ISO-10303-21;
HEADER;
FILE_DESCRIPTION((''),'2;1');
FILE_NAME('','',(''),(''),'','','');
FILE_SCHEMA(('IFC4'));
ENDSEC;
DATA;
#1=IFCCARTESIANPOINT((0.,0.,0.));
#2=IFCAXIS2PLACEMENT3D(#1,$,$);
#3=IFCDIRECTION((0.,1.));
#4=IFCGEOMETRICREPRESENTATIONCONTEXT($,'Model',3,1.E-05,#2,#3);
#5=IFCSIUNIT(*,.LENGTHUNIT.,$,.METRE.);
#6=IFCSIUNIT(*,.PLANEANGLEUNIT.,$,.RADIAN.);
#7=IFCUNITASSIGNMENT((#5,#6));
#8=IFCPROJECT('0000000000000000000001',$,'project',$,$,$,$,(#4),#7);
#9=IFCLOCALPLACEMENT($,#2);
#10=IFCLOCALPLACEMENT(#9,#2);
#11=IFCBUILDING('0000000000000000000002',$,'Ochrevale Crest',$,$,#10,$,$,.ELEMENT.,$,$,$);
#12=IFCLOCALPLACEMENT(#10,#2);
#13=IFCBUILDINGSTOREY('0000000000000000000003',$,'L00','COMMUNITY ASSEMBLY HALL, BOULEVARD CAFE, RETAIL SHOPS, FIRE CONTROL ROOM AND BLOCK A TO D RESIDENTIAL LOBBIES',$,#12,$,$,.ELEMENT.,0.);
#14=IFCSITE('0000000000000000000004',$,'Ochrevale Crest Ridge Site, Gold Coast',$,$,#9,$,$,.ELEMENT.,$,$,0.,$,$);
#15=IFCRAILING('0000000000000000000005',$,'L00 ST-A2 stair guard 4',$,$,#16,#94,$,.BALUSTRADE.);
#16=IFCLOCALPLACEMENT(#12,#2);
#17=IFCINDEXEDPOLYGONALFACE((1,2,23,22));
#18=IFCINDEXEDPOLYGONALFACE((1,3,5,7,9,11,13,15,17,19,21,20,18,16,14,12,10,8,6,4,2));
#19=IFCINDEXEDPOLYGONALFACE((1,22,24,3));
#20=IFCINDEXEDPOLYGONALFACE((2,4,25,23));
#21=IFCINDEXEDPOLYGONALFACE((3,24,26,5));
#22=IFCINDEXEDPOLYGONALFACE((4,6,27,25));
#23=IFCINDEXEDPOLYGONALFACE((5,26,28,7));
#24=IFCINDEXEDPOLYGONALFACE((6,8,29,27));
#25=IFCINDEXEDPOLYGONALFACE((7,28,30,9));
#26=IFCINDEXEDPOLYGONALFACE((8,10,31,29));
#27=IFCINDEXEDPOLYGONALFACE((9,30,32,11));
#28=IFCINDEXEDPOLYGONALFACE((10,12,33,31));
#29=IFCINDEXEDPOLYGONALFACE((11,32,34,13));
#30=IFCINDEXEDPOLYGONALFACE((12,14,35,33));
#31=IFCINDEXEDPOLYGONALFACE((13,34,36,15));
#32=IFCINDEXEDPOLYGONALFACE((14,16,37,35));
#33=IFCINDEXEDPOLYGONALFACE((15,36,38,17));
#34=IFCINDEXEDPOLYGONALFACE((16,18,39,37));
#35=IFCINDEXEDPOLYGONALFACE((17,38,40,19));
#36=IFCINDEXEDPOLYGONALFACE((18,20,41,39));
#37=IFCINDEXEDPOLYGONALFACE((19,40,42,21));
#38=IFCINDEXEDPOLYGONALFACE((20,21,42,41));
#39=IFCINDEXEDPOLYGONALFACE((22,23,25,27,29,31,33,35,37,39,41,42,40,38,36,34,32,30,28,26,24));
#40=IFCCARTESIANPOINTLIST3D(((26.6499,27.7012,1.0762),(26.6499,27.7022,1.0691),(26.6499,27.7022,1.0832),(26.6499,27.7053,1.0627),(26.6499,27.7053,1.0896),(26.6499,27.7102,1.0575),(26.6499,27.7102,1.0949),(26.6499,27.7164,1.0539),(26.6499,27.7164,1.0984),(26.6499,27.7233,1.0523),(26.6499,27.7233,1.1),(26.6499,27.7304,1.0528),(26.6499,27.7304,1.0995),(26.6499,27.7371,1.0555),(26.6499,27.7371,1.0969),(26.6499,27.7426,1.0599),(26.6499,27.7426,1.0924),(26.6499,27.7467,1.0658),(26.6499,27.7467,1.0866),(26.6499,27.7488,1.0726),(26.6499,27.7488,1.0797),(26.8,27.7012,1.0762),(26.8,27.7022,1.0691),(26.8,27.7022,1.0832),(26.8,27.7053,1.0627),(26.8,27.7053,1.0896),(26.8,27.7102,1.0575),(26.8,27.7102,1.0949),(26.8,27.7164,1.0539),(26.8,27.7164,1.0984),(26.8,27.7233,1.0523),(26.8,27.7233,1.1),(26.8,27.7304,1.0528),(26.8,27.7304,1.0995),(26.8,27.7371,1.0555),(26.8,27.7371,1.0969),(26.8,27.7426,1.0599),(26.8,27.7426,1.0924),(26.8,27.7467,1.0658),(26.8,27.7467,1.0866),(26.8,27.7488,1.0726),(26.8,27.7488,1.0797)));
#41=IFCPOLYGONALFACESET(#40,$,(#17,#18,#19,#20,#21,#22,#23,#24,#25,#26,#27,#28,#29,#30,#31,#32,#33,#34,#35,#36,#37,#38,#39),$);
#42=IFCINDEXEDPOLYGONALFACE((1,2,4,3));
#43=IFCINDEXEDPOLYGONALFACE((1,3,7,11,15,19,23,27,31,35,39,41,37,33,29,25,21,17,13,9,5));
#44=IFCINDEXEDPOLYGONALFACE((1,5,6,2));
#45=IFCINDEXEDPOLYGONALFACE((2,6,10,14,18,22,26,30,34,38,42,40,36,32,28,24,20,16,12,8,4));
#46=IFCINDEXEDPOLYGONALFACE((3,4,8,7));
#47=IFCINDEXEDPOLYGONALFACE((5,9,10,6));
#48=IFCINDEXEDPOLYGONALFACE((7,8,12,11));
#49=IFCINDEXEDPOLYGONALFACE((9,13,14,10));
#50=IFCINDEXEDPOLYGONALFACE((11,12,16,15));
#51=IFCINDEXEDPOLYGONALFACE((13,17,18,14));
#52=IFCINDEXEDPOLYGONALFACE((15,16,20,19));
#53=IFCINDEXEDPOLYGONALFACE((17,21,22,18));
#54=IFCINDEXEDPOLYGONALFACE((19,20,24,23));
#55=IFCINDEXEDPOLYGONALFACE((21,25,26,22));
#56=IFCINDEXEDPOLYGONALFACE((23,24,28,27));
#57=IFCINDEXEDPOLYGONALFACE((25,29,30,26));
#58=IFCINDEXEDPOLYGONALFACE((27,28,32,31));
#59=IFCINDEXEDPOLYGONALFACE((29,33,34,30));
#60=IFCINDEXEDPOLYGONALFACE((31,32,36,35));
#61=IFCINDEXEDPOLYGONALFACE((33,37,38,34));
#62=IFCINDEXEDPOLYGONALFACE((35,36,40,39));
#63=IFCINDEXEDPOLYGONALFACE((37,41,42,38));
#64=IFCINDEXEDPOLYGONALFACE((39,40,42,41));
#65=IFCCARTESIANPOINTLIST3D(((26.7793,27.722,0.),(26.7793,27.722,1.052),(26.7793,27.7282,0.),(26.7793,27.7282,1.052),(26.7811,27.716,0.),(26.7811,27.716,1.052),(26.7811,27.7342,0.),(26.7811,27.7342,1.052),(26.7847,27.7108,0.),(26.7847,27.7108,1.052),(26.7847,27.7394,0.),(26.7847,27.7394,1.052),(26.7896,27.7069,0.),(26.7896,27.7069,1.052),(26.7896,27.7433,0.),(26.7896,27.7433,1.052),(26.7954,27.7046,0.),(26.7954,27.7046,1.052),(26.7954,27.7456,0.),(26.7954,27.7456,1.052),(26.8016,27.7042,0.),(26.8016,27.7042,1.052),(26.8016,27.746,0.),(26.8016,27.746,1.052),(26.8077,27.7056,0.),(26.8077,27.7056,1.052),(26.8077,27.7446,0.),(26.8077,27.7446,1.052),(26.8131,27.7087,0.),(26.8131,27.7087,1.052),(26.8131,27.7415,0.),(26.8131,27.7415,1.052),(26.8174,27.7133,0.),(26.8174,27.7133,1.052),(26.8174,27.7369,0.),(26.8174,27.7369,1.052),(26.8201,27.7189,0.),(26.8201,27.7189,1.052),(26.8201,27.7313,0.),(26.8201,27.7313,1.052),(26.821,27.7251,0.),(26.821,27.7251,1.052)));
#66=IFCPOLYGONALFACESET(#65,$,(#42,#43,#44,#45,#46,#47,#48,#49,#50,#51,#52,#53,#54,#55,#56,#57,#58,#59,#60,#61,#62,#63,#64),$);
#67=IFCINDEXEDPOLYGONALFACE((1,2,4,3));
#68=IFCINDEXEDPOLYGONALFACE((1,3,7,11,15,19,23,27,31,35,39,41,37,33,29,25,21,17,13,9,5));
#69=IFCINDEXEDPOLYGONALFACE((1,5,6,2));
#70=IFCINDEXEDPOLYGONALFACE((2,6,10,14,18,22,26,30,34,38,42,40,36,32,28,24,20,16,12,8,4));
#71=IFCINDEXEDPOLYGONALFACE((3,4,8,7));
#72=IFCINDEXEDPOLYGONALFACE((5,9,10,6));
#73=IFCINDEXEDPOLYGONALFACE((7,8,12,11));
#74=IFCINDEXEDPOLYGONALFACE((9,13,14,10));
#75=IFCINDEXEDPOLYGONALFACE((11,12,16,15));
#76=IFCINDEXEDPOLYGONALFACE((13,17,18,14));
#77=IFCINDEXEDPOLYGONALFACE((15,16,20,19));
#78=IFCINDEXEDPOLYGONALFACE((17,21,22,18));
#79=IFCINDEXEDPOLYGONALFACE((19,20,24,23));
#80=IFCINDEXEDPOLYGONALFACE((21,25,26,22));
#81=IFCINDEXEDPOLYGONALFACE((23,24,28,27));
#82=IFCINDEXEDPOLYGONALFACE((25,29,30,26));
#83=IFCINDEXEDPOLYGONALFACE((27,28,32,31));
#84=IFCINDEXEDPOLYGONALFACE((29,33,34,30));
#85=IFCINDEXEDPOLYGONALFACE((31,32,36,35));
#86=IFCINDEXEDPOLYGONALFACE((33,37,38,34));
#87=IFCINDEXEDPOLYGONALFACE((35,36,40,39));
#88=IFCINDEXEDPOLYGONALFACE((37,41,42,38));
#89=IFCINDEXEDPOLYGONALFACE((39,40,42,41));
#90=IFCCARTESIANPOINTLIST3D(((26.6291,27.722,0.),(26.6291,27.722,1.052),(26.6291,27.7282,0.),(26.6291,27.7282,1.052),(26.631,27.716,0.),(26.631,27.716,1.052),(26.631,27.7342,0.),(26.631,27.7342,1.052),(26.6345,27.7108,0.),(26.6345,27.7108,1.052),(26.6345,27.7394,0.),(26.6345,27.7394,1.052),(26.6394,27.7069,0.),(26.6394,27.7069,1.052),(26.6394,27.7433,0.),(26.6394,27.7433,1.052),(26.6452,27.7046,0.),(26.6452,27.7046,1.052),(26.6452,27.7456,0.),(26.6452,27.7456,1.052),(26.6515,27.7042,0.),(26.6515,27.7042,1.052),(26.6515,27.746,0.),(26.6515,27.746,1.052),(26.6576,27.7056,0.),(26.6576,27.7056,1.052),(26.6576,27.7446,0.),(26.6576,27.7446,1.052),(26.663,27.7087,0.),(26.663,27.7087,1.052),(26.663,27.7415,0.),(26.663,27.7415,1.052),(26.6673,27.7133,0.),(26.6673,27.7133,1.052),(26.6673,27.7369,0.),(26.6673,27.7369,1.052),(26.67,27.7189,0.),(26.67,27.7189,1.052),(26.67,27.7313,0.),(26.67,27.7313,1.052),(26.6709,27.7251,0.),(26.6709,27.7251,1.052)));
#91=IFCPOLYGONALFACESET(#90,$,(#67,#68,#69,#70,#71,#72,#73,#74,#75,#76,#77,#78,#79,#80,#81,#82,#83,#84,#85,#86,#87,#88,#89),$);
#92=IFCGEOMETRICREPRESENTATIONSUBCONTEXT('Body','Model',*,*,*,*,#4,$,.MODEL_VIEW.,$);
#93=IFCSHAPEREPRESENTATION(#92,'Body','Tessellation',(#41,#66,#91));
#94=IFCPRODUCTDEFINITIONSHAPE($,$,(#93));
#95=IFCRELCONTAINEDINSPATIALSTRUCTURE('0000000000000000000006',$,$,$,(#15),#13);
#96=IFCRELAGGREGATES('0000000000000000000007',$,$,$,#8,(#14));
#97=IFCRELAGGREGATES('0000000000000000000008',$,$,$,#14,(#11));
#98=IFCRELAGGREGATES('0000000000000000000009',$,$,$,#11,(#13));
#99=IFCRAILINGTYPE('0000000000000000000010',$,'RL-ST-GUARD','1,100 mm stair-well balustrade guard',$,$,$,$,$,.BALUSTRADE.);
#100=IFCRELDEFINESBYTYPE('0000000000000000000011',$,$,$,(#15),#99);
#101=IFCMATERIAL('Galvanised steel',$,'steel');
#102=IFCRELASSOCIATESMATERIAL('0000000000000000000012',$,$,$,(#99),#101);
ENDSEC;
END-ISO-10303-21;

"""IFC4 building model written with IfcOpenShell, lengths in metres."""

from ifc_helpers import new_model, si_unit, direction, frame, origin, origin_2d, place, context, subcontext, project, spatial, circle, extrude, material, type_object, element, save


model = new_model("IFC4")

# Units and contexts
model_context = context("Model", 3, precision=1e-05, world=origin(), true_north=direction((0.0, 1.0)))
body_context = subcontext(model_context, "Body", "Model", "MODEL_VIEW")
ifc_project = project(units=[si_unit("LENGTHUNIT", "METRE"), si_unit("PLANEANGLEUNIT", "RADIAN")], contexts=[model_context])

# Site, building, storey
site_placement = place(None, origin())
site = spatial("IfcSite", under=ifc_project, at=site_placement, Name="Ochrevale Crest Ridge Site, Gold Coast", CompositionType="ELEMENT", RefElevation=0.0)
building_placement = place(site_placement, origin())
building = spatial("IfcBuilding", under=site, at=building_placement, Name="Ochrevale Crest", CompositionType="ELEMENT")
storey_placement = place(building_placement, origin())
storey = spatial("IfcBuildingStorey", under=building, at=storey_placement, Name="L00", Description="COMMUNITY ASSEMBLY HALL, BOULEVARD CAFE, RETAIL SHOPS, FIRE CONTROL ROOM AND BLOCK A TO D RESIDENTIAL LOBBIES", CompositionType="ELEMENT", Elevation=0.0)

# Railing
ifc_material_1 = material(Name="Galvanised steel", Category="steel")
railing_type_1 = type_object("IfcRailingType", Name="RL-ST-GUARD", Description="1,100 mm stair-well balustrade guard", PredefinedType="BALUSTRADE", material=ifc_material_1)
railing_1_placement = place(storey_placement, frame((26.8, 27.7251, 0.0)))
element("IfcRailing", 1, at=railing_1_placement, inside=storey, type_object=railing_type_1, Name="L00 ST-A2 stair guard 4", PredefinedType="BALUSTRADE", context=body_context, shape_type="SweptSolid", body=[
    extrude(circle(Radius=0.0239, at=origin_2d()), frame((0.0, 0.0, 1.0762), z_axis=(-1.0, 0.0, 0.0), x_axis=(0.0, -1.0, 0.0)), (0.0, 0.0, 1.0), 0.1501),
    extrude(circle(Radius=0.021, at=origin_2d()), origin(), (0.0, 0.0, 1.0), 1.052),
    extrude(circle(Radius=0.021, at=origin_2d()), frame((-0.1501, 0.0, 0.0)), (0.0, 0.0, 1.0), 1.052),
])

save(model, "model.ifc")
